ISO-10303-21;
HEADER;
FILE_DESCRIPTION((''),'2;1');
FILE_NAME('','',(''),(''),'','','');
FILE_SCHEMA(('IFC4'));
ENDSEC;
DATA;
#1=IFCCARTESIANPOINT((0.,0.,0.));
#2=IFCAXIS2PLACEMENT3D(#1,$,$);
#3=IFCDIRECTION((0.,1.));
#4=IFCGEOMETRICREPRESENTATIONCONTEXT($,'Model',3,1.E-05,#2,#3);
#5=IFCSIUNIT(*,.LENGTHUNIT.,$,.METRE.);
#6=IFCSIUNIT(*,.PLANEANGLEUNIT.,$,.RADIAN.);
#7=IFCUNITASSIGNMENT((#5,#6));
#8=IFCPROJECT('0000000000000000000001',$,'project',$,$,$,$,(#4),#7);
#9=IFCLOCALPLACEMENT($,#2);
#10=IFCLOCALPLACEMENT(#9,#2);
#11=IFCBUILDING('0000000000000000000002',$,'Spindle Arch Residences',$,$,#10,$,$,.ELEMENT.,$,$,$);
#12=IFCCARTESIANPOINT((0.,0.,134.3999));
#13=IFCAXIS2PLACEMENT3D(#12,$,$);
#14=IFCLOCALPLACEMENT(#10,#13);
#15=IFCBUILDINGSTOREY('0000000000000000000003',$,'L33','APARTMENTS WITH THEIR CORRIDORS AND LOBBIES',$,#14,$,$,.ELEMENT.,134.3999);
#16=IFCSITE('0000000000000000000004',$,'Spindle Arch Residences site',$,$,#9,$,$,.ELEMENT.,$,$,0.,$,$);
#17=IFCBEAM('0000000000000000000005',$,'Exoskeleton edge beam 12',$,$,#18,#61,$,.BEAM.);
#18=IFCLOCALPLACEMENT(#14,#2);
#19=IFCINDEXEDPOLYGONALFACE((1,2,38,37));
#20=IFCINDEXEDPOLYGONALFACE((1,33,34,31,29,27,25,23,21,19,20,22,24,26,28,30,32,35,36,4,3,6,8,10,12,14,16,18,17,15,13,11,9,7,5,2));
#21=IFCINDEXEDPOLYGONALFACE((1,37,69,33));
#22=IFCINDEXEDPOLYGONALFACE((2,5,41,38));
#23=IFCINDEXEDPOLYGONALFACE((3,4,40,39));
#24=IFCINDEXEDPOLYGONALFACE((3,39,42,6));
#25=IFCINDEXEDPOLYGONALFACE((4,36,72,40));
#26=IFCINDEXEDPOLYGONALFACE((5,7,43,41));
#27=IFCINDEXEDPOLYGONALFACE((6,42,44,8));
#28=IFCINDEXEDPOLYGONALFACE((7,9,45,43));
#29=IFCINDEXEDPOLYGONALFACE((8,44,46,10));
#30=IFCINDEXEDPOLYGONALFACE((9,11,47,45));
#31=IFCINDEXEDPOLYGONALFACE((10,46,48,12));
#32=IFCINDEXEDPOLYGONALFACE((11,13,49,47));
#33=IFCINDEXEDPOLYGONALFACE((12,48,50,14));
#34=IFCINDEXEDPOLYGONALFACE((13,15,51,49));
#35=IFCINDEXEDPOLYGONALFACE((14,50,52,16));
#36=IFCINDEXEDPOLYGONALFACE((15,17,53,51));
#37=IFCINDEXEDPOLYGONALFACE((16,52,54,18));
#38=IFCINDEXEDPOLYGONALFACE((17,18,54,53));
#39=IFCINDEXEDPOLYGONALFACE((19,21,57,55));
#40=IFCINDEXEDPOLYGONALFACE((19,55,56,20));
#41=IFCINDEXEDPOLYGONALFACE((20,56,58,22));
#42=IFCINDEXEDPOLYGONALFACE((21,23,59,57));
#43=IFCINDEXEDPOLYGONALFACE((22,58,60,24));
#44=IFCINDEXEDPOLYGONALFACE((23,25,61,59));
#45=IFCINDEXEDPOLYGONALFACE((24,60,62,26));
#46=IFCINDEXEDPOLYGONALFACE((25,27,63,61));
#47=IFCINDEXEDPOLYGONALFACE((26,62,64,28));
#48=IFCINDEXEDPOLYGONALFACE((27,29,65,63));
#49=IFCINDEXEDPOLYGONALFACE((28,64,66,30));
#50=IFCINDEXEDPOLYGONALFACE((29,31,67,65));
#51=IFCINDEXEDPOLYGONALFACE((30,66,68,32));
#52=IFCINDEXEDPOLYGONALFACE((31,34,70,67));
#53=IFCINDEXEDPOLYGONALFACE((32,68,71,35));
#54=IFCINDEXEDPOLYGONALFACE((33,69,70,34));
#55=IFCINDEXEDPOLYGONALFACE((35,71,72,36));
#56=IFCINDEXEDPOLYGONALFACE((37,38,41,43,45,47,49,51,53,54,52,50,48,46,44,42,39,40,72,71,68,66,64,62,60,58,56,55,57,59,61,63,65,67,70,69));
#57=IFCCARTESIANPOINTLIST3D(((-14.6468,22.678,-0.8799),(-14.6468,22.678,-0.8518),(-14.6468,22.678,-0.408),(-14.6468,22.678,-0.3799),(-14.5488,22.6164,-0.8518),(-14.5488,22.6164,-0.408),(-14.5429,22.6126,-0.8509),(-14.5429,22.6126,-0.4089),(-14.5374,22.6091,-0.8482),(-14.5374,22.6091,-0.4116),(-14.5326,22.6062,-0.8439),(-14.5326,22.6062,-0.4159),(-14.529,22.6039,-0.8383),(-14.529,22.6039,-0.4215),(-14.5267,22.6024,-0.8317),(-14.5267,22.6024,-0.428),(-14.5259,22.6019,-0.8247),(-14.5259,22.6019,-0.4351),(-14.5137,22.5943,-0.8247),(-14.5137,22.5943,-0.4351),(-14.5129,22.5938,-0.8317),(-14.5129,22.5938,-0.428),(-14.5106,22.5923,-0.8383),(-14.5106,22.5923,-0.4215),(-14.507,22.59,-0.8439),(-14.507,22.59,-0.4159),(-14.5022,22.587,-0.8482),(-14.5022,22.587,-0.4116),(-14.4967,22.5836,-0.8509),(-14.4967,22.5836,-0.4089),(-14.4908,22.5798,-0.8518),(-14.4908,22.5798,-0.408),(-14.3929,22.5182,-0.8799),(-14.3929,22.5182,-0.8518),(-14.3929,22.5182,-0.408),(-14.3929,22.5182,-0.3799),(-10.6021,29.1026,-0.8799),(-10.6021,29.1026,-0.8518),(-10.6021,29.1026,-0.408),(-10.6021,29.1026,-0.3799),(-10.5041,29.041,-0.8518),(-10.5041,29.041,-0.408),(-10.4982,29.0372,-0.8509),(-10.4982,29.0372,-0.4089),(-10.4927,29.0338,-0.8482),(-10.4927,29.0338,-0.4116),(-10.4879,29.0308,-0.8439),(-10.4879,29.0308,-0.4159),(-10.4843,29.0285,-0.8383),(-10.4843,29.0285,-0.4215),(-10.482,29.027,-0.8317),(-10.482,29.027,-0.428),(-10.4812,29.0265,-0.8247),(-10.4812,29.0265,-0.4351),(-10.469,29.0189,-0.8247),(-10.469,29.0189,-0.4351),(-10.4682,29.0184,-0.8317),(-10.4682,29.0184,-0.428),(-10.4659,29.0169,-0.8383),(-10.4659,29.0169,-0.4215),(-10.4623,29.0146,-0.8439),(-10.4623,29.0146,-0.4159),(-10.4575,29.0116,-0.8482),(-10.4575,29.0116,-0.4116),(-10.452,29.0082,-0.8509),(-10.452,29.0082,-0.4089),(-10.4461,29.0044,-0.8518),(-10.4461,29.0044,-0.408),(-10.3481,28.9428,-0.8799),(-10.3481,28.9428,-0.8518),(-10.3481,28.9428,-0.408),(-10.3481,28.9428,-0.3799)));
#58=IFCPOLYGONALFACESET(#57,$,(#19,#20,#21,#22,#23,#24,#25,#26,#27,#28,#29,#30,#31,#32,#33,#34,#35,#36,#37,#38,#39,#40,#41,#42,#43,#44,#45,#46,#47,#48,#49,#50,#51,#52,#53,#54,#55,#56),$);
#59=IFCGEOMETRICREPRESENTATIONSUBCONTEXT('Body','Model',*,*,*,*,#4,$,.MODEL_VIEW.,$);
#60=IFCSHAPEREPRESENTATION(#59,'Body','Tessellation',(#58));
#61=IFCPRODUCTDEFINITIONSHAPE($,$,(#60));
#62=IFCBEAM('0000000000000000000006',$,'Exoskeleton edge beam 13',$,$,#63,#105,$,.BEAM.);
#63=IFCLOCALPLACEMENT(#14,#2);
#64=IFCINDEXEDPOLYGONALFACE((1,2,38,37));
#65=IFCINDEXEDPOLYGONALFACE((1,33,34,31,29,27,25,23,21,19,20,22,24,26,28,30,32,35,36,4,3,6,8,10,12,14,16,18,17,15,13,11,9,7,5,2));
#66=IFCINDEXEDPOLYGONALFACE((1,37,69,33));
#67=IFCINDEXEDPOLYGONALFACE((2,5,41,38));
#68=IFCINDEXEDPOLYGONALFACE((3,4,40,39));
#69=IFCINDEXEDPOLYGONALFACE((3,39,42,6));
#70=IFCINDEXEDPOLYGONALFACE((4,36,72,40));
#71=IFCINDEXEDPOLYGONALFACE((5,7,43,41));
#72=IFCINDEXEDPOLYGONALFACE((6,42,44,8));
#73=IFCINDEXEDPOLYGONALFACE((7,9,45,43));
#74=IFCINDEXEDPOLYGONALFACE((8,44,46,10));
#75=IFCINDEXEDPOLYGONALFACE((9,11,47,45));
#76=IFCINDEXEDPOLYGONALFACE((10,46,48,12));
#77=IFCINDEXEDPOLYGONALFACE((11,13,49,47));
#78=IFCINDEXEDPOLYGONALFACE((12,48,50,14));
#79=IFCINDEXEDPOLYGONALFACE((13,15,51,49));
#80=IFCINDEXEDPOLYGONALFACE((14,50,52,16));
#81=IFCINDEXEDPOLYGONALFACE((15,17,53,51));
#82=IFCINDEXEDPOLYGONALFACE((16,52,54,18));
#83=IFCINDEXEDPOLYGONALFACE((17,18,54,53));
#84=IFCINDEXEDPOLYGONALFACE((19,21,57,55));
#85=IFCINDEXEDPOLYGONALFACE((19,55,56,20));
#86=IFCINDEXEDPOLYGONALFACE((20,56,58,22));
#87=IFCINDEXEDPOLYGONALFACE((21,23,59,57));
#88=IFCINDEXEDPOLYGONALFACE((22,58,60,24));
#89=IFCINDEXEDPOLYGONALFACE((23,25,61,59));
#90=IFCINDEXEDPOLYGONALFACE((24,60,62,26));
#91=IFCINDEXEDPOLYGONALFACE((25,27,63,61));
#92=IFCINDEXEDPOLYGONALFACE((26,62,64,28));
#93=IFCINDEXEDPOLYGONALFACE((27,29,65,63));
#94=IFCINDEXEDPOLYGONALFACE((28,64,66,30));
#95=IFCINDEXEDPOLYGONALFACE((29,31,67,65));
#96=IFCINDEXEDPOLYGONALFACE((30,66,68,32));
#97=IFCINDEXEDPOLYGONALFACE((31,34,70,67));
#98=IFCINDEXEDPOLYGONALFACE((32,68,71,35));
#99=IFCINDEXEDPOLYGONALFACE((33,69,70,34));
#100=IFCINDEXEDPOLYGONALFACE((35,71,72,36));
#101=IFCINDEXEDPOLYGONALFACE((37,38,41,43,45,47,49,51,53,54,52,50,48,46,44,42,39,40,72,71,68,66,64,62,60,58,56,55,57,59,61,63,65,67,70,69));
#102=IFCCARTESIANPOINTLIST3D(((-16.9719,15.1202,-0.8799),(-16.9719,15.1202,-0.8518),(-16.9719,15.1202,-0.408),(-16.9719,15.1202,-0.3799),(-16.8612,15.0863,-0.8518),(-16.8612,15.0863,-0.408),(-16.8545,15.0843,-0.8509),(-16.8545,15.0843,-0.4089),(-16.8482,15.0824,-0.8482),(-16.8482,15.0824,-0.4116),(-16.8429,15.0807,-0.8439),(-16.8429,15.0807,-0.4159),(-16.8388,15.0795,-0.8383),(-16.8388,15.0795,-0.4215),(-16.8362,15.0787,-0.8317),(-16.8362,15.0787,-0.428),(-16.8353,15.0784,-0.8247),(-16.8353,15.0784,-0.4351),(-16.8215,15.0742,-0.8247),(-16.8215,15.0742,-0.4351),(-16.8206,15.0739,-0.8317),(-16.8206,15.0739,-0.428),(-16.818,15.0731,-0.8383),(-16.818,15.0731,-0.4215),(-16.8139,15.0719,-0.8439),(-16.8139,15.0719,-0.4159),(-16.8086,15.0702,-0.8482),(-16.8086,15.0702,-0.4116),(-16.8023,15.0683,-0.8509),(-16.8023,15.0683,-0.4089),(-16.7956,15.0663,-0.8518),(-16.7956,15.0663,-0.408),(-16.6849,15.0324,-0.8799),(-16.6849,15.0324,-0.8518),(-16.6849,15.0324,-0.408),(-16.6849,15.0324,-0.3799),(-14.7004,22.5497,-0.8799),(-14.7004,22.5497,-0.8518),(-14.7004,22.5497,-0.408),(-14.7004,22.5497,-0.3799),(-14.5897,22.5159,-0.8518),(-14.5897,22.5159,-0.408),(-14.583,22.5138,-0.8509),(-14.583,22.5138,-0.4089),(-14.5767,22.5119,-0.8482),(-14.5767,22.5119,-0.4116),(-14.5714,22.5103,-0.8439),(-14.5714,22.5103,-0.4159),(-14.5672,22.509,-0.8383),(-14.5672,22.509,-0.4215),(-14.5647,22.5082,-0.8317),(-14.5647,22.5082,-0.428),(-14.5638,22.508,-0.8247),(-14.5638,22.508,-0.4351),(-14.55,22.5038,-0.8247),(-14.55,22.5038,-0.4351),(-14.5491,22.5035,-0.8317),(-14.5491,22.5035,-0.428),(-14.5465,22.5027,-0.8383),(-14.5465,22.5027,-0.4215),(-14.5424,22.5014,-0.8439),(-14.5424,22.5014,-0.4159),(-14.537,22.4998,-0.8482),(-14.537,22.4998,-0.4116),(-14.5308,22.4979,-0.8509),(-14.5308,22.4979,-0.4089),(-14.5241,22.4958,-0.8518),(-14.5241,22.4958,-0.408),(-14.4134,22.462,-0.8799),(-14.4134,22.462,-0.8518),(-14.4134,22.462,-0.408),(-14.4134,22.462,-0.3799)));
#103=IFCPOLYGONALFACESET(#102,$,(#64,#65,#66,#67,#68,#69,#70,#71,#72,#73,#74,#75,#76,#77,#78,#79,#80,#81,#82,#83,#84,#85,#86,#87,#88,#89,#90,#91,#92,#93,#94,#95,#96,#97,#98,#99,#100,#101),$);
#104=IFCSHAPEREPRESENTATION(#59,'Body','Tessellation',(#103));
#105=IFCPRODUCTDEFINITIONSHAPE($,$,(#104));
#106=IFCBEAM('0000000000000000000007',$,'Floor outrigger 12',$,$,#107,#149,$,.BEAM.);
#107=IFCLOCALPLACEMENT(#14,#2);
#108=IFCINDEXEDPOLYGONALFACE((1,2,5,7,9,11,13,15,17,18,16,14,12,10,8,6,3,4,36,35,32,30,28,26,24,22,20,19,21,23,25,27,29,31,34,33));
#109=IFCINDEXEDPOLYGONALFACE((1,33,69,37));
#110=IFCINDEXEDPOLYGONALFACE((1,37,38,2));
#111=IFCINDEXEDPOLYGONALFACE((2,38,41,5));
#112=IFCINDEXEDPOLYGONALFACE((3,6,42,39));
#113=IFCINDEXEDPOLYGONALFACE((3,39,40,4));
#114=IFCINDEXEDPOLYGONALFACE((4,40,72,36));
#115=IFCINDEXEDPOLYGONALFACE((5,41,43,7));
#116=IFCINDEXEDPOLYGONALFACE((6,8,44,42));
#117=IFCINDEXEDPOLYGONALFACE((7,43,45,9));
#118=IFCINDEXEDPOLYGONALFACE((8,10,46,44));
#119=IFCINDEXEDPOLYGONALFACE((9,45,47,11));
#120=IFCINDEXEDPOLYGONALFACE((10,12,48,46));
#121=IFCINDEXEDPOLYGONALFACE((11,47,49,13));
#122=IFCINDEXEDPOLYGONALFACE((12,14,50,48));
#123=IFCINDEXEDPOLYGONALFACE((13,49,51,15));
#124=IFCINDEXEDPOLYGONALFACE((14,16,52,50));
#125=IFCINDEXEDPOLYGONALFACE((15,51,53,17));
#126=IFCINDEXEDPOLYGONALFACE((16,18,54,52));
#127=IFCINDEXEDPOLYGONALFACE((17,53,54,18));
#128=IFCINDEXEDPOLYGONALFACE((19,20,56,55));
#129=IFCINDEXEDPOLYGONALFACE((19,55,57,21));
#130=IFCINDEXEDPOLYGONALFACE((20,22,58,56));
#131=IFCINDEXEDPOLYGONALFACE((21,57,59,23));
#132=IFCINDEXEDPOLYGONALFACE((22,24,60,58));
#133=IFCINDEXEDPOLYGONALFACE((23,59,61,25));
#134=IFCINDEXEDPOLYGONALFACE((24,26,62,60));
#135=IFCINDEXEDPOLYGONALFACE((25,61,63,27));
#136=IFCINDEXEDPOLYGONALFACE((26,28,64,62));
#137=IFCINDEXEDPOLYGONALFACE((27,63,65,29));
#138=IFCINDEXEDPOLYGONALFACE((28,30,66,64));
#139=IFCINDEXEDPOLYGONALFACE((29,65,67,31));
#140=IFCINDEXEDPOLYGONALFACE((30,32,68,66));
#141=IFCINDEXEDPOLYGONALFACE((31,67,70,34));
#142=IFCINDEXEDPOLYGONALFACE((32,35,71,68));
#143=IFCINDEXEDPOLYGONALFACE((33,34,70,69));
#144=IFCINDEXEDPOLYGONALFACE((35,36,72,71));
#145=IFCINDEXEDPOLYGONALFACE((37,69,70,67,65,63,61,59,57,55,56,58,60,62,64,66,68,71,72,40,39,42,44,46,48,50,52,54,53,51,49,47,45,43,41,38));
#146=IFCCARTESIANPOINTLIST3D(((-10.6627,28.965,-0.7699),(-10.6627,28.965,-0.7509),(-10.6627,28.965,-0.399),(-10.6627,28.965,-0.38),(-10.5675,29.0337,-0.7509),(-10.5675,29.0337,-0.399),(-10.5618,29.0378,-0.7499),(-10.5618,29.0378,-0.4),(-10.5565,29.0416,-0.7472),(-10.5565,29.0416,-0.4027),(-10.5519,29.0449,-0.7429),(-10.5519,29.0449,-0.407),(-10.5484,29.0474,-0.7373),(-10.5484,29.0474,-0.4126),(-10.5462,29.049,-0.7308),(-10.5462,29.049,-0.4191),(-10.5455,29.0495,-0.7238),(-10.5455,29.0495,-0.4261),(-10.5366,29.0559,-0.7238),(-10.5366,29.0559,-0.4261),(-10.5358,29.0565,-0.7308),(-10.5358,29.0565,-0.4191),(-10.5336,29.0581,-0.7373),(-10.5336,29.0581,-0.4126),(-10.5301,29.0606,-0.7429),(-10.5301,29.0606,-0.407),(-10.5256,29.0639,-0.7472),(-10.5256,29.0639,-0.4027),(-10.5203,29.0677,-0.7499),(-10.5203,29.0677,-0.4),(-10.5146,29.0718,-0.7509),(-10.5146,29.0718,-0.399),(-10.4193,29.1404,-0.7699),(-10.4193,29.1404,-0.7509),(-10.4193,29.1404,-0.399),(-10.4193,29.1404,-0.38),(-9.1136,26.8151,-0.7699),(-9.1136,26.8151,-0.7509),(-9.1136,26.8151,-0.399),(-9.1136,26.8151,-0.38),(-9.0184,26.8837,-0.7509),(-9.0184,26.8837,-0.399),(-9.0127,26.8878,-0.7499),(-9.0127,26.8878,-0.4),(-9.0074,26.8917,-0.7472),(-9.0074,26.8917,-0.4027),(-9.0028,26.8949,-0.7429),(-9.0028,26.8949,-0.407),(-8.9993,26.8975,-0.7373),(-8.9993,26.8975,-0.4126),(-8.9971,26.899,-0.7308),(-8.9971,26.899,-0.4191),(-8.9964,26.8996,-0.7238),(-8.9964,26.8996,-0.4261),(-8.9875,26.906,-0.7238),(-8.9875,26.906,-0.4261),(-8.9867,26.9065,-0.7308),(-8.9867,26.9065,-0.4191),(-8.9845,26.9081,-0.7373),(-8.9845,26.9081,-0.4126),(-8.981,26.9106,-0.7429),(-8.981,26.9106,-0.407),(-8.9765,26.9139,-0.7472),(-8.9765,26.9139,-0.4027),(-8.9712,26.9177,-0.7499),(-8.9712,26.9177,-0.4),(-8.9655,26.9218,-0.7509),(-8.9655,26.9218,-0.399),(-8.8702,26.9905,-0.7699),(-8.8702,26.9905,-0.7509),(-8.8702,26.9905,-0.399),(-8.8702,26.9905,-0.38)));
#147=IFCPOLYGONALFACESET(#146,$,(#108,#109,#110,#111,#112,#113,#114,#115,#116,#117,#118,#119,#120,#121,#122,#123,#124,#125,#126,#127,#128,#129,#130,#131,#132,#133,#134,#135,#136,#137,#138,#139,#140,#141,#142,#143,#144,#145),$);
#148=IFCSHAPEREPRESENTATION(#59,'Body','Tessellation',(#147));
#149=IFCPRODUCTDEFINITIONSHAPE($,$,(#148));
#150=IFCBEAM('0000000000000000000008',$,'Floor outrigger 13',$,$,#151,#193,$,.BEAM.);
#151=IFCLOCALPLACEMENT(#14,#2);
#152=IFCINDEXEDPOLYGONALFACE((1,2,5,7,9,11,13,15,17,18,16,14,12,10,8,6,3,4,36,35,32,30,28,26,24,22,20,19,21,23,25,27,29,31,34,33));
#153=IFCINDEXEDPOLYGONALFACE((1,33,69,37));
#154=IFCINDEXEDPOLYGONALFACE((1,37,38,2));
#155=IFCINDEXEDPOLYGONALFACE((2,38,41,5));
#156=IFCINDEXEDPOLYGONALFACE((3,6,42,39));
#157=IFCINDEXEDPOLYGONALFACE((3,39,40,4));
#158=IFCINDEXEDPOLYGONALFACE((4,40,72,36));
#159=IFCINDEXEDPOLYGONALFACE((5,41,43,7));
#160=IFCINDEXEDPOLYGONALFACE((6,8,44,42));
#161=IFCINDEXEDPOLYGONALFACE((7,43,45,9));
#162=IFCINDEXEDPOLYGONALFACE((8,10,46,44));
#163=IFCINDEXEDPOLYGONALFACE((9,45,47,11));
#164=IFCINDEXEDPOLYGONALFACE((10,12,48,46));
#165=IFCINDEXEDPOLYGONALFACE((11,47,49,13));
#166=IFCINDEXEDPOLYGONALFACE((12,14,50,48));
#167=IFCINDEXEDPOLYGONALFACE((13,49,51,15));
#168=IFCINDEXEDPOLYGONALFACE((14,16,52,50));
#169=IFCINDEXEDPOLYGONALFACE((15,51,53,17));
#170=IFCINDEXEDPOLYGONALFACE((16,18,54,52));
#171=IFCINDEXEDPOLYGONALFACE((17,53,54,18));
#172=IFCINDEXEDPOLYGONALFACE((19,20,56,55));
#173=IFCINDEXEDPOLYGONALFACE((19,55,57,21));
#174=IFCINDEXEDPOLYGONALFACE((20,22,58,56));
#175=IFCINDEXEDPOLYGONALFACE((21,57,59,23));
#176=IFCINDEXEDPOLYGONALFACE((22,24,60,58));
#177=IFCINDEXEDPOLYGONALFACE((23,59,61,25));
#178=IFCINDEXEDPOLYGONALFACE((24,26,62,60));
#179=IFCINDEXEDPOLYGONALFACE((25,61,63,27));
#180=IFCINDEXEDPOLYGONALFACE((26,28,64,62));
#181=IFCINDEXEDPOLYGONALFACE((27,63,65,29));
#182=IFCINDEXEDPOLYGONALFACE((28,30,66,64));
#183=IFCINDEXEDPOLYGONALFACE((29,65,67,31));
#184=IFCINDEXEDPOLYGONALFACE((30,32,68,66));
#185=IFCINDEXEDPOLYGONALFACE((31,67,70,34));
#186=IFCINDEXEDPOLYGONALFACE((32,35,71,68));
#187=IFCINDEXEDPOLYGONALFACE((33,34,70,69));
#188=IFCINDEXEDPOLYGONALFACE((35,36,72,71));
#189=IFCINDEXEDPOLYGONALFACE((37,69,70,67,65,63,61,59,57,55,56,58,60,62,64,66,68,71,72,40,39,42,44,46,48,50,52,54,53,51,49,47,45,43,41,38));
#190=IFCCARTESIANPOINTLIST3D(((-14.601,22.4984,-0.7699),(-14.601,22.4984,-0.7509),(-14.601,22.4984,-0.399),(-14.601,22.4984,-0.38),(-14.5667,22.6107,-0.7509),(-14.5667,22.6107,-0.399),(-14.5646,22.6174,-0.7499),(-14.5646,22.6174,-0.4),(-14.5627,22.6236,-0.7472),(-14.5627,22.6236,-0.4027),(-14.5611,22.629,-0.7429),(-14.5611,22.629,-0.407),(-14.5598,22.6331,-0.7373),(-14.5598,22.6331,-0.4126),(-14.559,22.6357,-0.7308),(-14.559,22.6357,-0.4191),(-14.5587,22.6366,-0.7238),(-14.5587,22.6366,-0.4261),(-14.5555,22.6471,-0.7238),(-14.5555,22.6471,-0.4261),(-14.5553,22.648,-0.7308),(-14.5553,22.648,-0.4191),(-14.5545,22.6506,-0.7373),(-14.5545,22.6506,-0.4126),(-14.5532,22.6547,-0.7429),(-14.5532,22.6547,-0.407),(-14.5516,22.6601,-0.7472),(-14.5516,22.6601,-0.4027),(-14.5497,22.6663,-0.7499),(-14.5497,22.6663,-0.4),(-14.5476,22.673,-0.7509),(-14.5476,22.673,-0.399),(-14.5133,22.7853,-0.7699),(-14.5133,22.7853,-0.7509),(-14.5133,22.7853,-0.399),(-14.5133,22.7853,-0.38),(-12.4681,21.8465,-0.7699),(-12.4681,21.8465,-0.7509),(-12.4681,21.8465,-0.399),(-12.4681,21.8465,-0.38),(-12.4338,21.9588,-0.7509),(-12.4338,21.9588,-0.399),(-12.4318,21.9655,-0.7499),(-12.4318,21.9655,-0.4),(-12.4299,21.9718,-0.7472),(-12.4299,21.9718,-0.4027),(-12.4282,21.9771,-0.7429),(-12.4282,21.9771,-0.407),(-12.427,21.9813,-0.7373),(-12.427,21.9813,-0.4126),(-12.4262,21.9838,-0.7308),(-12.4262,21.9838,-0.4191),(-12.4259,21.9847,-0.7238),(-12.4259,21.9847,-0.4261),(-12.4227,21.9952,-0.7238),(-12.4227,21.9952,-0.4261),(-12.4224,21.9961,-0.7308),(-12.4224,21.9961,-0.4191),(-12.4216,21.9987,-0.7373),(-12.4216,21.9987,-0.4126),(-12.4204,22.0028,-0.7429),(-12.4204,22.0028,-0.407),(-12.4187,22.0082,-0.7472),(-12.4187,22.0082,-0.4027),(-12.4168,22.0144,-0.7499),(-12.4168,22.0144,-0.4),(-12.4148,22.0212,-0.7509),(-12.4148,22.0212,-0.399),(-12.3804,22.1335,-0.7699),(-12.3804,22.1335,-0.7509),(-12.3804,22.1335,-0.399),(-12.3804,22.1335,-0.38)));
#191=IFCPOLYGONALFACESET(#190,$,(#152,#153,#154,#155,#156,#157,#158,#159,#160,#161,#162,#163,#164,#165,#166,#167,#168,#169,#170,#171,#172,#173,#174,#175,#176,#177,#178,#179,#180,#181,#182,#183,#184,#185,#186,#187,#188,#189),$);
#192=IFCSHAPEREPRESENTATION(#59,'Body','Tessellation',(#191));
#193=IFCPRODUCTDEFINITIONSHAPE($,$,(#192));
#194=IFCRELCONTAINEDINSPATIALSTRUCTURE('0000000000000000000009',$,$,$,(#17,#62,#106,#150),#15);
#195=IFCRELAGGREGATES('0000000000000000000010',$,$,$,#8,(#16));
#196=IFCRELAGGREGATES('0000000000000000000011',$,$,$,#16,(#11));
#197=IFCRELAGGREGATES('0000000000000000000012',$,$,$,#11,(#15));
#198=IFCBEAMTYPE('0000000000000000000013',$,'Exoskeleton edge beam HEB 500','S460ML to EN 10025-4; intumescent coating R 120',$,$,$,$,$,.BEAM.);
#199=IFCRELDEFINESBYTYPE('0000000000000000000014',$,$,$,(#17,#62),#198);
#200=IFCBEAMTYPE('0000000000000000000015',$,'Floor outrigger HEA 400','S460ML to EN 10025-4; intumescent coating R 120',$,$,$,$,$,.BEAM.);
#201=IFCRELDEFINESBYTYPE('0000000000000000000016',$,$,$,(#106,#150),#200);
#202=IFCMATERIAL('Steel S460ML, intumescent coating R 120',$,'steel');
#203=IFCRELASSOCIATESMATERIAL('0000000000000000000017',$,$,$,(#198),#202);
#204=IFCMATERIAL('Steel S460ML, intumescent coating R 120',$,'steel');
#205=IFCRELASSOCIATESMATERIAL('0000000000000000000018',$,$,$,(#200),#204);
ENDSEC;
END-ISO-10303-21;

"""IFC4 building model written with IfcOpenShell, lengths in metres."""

from ifc_helpers import new_model, si_unit, direction, frame, origin, origin_2d, place, context, subcontext, project, spatial, i_section, extrude, material, material_profile, profile_set, type_object, element, save


model = new_model("IFC4")

# Units and contexts
model_context = context("Model", 3, precision=1e-05, world=origin(), true_north=direction((0.0, 1.0)))
body_context = subcontext(model_context, "Body", "Model", "MODEL_VIEW")
ifc_project = project(units=[si_unit("LENGTHUNIT", "METRE"), si_unit("PLANEANGLEUNIT", "RADIAN")], contexts=[model_context])

# Site, building, storey
site_placement = place(None, origin())
site = spatial("IfcSite", under=ifc_project, at=site_placement, Name="Spindle Arch Residences site", CompositionType="ELEMENT", RefElevation=0.0)
building_placement = place(site_placement, origin())
building = spatial("IfcBuilding", under=site, at=building_placement, Name="Spindle Arch Residences", CompositionType="ELEMENT")
storey_placement = place(building_placement, frame((0.0, 0.0, 134.3999)))
storey = spatial("IfcBuildingStorey", under=building, at=storey_placement, Name="L33", Description="APARTMENTS WITH THEIR CORRIDORS AND LOBBIES", CompositionType="ELEMENT", Elevation=134.3999)

# Beams
ifc_material_1 = material(Name="Steel S460ML, intumescent coating R 120", Category="steel")
ifc_material_profile_1 = material_profile(ifc_material_1, i_section(OverallWidth=0.3, OverallDepth=0.5, WebThickness=0.0144, FlangeThickness=0.0281, FilletRadius=0.0271, at=origin_2d()), Name="HEB 500")
ifc_profile_set_1 = profile_set([ifc_material_profile_1], Name="Steel S460ML, intumescent coating R 120")
beam_type_1 = type_object("IfcBeamType", Name="Exoskeleton edge beam HEB 500", Description="S460ML to EN 10025-4; intumescent coating R 120", PredefinedType="BEAM", material=ifc_profile_set_1)
beam_1_placement = place(storey_placement, frame((-10.4751, 29.0227, -0.6299), z_axis=(-0.532774, -0.846258, 0.0), x_axis=(0.846258, -0.532774, 0.0)))
element("IfcBeam", 1, at=beam_1_placement, inside=storey, type_object=beam_type_1, Name="Exoskeleton edge beam 12", PredefinedType="BEAM", context=body_context, shape_type="SweptSolid", body=[
    extrude(i_section(OverallWidth=0.3, OverallDepth=0.5, WebThickness=0.0144, FlangeThickness=0.0281, FilletRadius=0.0271, at=origin_2d()), origin(), (0.0, 0.0, 1.0), 7.5918),
])
beam_2_placement = place(storey_placement, frame((-14.5569, 22.5059, -0.6299), z_axis=(-0.292381, -0.956302, 0.0), x_axis=(0.956302, -0.292381, 0.0)))
element("IfcBeam", 2, at=beam_2_placement, inside=storey, type_object=beam_type_1, Name="Exoskeleton edge beam 13", PredefinedType="BEAM", context=body_context, shape_type="SweptSolid", body=[
    extrude(i_section(OverallWidth=0.3, OverallDepth=0.5, WebThickness=0.0144, FlangeThickness=0.0281, FilletRadius=0.0271, at=origin_2d()), origin(), (0.0, 0.0, 1.0), 7.769),
])
ifc_material_2 = material(Name="Steel S460ML, intumescent coating R 120", Category="steel")
ifc_material_profile_2 = material_profile(ifc_material_2, i_section(OverallWidth=0.3, OverallDepth=0.3899, WebThickness=0.011, FlangeThickness=0.019, FilletRadius=0.0271, at=origin_2d()), Name="HEA 400")
ifc_profile_set_2 = profile_set([ifc_material_profile_2], Name="Steel S460ML, intumescent coating R 120")
beam_type_2 = type_object("IfcBeamType", Name="Floor outrigger HEA 400", Description="S460ML to EN 10025-4; intumescent coating R 120", PredefinedType="BEAM", material=ifc_profile_set_2)
beam_3_placement = place(storey_placement, frame((-10.541, 29.0527, -0.575), z_axis=(0.584589, -0.81133, 0.0), x_axis=(0.81133, 0.584589, 0.0)))
element("IfcBeam", 3, at=beam_3_placement, inside=storey, type_object=beam_type_2, Name="Floor outrigger 12", PredefinedType="BEAM", context=body_context, shape_type="SweptSolid", body=[
    extrude(i_section(OverallWidth=0.3, OverallDepth=0.3899, WebThickness=0.011, FlangeThickness=0.019, FilletRadius=0.0271, at=origin_2d()), origin(), (0.0, 0.0, 1.0), 2.6499),
])
beam_4_placement = place(storey_placement, frame((-14.5571, 22.6418, -0.575), z_axis=(0.956331, -0.292285, 0.0), x_axis=(0.292285, 0.956331, 0.0)))
element("IfcBeam", 4, at=beam_4_placement, inside=storey, type_object=beam_type_2, Name="Floor outrigger 13", PredefinedType="BEAM", context=body_context, shape_type="SweptSolid", body=[
    extrude(i_section(OverallWidth=0.3, OverallDepth=0.3899, WebThickness=0.011, FlangeThickness=0.019, FilletRadius=0.0271, at=origin_2d()), origin(), (0.0, 0.0, 1.0), 2.2302),
])

save(model, "model.ifc")
